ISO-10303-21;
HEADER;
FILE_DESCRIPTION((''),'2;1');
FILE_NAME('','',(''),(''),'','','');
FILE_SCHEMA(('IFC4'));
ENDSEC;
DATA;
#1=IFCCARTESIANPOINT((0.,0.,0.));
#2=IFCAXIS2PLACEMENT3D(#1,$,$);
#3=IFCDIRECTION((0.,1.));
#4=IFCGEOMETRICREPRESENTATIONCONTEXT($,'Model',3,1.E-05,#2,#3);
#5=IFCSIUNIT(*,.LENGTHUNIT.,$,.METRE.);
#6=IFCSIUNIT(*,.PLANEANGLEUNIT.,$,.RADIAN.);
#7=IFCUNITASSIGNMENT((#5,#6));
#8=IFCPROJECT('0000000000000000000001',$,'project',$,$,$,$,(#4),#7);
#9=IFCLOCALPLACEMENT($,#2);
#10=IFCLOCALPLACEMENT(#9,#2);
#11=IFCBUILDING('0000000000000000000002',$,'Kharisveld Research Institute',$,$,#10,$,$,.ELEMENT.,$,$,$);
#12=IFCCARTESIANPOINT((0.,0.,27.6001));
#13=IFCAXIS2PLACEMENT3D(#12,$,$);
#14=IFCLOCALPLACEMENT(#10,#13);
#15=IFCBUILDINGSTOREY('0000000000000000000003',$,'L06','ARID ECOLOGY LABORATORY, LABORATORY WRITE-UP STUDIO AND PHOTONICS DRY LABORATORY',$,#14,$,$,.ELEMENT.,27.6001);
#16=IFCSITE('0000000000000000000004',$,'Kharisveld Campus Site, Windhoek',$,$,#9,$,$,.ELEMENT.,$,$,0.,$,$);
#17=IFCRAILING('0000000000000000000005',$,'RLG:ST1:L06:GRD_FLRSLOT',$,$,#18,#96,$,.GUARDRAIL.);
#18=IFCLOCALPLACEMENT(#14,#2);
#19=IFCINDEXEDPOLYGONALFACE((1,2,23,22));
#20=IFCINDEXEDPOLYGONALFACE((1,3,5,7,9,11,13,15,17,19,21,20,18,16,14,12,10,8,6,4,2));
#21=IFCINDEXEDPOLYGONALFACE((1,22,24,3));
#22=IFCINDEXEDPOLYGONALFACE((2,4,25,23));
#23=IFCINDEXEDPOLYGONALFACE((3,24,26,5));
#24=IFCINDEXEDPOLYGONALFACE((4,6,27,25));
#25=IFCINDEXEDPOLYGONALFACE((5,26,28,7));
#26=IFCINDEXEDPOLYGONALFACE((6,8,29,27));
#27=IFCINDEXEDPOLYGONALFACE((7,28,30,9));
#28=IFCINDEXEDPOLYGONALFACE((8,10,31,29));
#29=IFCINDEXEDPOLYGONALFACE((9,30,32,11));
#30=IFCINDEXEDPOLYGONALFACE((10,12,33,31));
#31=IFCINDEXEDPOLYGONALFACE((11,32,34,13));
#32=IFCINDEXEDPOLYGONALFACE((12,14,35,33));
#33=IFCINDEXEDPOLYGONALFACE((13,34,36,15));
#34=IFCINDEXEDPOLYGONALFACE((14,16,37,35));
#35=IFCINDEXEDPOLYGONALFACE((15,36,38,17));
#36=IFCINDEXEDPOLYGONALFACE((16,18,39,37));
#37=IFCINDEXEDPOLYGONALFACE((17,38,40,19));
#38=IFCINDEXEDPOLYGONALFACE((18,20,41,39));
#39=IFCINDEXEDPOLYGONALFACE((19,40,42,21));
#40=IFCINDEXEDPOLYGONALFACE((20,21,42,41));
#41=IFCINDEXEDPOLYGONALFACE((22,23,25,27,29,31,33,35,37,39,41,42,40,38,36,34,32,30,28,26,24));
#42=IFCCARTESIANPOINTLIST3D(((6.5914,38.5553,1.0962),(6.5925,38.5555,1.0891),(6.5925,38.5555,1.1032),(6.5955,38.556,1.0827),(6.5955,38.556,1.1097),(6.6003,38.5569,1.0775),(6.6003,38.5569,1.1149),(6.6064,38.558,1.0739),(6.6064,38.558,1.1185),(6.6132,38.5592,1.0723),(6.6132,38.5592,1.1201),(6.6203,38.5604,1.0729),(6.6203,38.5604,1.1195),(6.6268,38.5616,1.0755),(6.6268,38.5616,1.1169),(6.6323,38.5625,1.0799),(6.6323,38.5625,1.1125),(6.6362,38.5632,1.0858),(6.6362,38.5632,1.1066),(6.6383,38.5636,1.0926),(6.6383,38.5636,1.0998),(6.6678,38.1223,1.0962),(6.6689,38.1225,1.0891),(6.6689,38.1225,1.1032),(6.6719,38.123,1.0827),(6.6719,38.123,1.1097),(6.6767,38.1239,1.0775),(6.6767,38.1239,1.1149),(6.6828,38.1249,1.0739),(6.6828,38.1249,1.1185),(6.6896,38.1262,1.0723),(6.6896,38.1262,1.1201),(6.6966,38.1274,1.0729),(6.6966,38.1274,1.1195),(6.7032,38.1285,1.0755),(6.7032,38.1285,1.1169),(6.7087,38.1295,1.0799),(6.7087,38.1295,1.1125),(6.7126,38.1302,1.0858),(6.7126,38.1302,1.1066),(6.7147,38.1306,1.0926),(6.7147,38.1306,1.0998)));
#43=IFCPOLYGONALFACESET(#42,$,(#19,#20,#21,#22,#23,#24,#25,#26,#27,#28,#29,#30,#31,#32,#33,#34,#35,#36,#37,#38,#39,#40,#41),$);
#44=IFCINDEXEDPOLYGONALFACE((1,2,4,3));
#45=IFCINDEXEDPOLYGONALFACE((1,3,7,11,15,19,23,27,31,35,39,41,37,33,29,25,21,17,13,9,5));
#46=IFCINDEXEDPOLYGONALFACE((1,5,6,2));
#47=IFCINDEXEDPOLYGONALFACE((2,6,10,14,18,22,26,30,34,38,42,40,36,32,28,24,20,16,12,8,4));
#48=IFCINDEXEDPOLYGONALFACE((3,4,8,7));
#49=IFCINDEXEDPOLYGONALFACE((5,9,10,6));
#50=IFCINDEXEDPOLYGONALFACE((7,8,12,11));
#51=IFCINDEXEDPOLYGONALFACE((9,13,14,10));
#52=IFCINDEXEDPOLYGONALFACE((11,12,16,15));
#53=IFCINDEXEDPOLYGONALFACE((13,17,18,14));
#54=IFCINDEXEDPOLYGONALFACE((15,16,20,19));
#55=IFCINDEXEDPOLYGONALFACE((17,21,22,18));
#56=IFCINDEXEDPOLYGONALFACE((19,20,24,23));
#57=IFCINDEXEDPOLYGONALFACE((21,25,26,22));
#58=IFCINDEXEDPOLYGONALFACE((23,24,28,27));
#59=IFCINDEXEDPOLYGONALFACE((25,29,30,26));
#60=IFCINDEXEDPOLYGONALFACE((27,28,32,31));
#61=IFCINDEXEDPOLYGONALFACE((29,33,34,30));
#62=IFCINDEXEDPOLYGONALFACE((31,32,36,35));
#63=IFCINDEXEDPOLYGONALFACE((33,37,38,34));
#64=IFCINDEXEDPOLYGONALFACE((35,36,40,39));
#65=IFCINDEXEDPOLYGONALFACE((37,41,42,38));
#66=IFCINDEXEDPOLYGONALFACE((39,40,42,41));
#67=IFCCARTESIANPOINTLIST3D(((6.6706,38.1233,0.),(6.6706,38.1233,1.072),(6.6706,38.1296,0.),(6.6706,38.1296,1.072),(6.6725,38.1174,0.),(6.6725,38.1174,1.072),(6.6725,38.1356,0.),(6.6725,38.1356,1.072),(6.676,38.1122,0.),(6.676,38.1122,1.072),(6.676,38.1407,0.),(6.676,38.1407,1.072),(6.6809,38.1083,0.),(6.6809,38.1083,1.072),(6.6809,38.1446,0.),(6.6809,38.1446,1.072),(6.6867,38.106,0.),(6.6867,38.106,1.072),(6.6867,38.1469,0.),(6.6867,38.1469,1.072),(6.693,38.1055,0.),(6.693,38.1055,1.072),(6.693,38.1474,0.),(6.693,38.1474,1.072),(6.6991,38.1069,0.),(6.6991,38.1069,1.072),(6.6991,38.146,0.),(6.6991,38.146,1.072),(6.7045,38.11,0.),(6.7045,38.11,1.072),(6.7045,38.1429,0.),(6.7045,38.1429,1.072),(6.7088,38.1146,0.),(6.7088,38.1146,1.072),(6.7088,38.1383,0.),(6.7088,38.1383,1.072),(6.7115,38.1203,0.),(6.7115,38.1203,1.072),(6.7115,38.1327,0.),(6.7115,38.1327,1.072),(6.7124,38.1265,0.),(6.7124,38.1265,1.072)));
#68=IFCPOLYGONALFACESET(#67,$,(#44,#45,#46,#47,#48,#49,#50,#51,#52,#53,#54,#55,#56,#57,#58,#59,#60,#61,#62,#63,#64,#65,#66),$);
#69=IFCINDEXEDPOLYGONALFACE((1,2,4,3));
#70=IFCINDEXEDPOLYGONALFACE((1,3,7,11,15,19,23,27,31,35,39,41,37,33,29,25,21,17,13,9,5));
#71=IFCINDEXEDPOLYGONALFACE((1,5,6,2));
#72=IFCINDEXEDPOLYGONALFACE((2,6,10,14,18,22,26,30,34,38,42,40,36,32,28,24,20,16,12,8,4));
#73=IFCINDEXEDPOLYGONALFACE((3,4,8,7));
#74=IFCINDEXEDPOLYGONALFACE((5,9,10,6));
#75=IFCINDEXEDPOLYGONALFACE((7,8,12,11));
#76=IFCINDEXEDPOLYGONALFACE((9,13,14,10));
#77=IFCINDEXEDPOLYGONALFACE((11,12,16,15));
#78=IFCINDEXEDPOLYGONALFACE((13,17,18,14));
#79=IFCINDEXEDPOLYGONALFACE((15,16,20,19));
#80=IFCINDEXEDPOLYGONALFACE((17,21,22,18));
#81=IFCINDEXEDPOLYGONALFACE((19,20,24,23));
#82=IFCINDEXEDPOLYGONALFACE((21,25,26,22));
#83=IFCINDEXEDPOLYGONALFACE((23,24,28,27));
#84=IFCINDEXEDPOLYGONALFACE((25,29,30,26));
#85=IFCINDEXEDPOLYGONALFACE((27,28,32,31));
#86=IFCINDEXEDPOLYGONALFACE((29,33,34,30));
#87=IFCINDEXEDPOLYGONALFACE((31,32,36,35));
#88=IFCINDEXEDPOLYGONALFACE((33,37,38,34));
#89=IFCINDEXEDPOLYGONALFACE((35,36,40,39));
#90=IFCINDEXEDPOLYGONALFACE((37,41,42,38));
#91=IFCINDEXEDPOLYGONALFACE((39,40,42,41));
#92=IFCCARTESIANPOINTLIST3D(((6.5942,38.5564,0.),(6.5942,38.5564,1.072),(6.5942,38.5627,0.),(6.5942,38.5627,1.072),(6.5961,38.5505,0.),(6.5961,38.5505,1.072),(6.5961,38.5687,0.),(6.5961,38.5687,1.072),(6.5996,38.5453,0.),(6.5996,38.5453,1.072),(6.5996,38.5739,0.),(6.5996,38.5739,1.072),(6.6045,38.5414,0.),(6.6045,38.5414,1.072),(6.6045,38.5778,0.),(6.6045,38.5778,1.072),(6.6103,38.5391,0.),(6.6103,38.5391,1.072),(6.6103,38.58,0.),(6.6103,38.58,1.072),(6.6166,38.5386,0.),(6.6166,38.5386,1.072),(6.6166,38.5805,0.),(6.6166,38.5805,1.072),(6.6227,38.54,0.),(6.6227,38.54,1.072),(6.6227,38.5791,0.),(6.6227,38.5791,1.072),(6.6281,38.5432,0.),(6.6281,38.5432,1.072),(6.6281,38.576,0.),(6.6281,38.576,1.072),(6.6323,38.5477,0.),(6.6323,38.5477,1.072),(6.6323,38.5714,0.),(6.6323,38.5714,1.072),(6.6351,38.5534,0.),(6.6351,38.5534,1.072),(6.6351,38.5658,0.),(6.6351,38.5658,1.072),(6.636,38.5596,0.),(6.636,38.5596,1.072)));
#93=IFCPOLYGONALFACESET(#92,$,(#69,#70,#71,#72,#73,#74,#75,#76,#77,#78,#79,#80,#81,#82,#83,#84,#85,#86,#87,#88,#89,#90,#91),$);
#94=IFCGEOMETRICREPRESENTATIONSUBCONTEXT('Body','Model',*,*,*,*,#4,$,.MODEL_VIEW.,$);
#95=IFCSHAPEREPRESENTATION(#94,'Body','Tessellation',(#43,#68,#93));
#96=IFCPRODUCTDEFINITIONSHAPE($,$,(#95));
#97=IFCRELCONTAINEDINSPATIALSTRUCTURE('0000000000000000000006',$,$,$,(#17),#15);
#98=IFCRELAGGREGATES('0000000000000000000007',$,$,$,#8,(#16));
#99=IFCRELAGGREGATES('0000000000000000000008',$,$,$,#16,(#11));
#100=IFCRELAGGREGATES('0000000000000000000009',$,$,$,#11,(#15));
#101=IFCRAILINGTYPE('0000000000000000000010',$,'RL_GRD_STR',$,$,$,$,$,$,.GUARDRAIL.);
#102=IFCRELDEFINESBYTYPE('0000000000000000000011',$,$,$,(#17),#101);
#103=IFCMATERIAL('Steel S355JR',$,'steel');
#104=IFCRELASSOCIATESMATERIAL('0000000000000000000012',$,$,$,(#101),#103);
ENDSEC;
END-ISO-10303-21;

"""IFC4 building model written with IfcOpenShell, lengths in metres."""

from ifc_helpers import new_model, si_unit, direction, frame, origin, origin_2d, place, context, subcontext, project, spatial, circle, extrude, material, type_object, element, save


model = new_model("IFC4")

# Units and contexts
model_context = context("Model", 3, precision=1e-05, world=origin(), true_north=direction((0.0, 1.0)))
body_context = subcontext(model_context, "Body", "Model", "MODEL_VIEW")
ifc_project = project(units=[si_unit("LENGTHUNIT", "METRE"), si_unit("PLANEANGLEUNIT", "RADIAN")], contexts=[model_context])

# Site, building, storey
site_placement = place(None, origin())
site = spatial("IfcSite", under=ifc_project, at=site_placement, Name="Kharisveld Campus Site, Windhoek", CompositionType="ELEMENT", RefElevation=0.0)
building_placement = place(site_placement, origin())
building = spatial("IfcBuilding", under=site, at=building_placement, Name="Kharisveld Research Institute", CompositionType="ELEMENT")
storey_placement = place(building_placement, frame((0.0, 0.0, 27.6001)))
storey = spatial("IfcBuildingStorey", under=building, at=storey_placement, Name="L06", Description="ARID ECOLOGY LABORATORY, LABORATORY WRITE-UP STUDIO AND PHOTONICS DRY LABORATORY", CompositionType="ELEMENT", Elevation=27.6001)

# Railing
ifc_material_1 = material(Name="Steel S355JR", Category="steel")
railing_type_1 = type_object("IfcRailingType", Name="RL_GRD_STR", PredefinedType="GUARDRAIL", material=ifc_material_1)
railing_1_placement = place(storey_placement, frame((6.6914, 38.1265, 0.0)))
element("IfcRailing", 1, at=railing_1_placement, inside=storey, type_object=railing_type_1, Name="RLG:ST1:L06:GRD_FLRSLOT", PredefinedType="GUARDRAIL", context=body_context, shape_type="SweptSolid", body=[
    extrude(circle(Radius=0.0239, at=origin_2d()), frame((0.0, 0.0, 1.0962), z_axis=(-0.173754, 0.984789, 0.0), x_axis=(-0.984789, -0.173754, 0.0)), (0.0, 0.0, 1.0), 0.4397),
    extrude(circle(Radius=0.021, at=origin_2d()), origin(), (0.0, 0.0, 1.0), 1.072),
    extrude(circle(Radius=0.021, at=origin_2d()), frame((-0.0764, 0.4331, 0.0)), (0.0, 0.0, 1.0), 1.072),
])

save(model, "model.ifc")
